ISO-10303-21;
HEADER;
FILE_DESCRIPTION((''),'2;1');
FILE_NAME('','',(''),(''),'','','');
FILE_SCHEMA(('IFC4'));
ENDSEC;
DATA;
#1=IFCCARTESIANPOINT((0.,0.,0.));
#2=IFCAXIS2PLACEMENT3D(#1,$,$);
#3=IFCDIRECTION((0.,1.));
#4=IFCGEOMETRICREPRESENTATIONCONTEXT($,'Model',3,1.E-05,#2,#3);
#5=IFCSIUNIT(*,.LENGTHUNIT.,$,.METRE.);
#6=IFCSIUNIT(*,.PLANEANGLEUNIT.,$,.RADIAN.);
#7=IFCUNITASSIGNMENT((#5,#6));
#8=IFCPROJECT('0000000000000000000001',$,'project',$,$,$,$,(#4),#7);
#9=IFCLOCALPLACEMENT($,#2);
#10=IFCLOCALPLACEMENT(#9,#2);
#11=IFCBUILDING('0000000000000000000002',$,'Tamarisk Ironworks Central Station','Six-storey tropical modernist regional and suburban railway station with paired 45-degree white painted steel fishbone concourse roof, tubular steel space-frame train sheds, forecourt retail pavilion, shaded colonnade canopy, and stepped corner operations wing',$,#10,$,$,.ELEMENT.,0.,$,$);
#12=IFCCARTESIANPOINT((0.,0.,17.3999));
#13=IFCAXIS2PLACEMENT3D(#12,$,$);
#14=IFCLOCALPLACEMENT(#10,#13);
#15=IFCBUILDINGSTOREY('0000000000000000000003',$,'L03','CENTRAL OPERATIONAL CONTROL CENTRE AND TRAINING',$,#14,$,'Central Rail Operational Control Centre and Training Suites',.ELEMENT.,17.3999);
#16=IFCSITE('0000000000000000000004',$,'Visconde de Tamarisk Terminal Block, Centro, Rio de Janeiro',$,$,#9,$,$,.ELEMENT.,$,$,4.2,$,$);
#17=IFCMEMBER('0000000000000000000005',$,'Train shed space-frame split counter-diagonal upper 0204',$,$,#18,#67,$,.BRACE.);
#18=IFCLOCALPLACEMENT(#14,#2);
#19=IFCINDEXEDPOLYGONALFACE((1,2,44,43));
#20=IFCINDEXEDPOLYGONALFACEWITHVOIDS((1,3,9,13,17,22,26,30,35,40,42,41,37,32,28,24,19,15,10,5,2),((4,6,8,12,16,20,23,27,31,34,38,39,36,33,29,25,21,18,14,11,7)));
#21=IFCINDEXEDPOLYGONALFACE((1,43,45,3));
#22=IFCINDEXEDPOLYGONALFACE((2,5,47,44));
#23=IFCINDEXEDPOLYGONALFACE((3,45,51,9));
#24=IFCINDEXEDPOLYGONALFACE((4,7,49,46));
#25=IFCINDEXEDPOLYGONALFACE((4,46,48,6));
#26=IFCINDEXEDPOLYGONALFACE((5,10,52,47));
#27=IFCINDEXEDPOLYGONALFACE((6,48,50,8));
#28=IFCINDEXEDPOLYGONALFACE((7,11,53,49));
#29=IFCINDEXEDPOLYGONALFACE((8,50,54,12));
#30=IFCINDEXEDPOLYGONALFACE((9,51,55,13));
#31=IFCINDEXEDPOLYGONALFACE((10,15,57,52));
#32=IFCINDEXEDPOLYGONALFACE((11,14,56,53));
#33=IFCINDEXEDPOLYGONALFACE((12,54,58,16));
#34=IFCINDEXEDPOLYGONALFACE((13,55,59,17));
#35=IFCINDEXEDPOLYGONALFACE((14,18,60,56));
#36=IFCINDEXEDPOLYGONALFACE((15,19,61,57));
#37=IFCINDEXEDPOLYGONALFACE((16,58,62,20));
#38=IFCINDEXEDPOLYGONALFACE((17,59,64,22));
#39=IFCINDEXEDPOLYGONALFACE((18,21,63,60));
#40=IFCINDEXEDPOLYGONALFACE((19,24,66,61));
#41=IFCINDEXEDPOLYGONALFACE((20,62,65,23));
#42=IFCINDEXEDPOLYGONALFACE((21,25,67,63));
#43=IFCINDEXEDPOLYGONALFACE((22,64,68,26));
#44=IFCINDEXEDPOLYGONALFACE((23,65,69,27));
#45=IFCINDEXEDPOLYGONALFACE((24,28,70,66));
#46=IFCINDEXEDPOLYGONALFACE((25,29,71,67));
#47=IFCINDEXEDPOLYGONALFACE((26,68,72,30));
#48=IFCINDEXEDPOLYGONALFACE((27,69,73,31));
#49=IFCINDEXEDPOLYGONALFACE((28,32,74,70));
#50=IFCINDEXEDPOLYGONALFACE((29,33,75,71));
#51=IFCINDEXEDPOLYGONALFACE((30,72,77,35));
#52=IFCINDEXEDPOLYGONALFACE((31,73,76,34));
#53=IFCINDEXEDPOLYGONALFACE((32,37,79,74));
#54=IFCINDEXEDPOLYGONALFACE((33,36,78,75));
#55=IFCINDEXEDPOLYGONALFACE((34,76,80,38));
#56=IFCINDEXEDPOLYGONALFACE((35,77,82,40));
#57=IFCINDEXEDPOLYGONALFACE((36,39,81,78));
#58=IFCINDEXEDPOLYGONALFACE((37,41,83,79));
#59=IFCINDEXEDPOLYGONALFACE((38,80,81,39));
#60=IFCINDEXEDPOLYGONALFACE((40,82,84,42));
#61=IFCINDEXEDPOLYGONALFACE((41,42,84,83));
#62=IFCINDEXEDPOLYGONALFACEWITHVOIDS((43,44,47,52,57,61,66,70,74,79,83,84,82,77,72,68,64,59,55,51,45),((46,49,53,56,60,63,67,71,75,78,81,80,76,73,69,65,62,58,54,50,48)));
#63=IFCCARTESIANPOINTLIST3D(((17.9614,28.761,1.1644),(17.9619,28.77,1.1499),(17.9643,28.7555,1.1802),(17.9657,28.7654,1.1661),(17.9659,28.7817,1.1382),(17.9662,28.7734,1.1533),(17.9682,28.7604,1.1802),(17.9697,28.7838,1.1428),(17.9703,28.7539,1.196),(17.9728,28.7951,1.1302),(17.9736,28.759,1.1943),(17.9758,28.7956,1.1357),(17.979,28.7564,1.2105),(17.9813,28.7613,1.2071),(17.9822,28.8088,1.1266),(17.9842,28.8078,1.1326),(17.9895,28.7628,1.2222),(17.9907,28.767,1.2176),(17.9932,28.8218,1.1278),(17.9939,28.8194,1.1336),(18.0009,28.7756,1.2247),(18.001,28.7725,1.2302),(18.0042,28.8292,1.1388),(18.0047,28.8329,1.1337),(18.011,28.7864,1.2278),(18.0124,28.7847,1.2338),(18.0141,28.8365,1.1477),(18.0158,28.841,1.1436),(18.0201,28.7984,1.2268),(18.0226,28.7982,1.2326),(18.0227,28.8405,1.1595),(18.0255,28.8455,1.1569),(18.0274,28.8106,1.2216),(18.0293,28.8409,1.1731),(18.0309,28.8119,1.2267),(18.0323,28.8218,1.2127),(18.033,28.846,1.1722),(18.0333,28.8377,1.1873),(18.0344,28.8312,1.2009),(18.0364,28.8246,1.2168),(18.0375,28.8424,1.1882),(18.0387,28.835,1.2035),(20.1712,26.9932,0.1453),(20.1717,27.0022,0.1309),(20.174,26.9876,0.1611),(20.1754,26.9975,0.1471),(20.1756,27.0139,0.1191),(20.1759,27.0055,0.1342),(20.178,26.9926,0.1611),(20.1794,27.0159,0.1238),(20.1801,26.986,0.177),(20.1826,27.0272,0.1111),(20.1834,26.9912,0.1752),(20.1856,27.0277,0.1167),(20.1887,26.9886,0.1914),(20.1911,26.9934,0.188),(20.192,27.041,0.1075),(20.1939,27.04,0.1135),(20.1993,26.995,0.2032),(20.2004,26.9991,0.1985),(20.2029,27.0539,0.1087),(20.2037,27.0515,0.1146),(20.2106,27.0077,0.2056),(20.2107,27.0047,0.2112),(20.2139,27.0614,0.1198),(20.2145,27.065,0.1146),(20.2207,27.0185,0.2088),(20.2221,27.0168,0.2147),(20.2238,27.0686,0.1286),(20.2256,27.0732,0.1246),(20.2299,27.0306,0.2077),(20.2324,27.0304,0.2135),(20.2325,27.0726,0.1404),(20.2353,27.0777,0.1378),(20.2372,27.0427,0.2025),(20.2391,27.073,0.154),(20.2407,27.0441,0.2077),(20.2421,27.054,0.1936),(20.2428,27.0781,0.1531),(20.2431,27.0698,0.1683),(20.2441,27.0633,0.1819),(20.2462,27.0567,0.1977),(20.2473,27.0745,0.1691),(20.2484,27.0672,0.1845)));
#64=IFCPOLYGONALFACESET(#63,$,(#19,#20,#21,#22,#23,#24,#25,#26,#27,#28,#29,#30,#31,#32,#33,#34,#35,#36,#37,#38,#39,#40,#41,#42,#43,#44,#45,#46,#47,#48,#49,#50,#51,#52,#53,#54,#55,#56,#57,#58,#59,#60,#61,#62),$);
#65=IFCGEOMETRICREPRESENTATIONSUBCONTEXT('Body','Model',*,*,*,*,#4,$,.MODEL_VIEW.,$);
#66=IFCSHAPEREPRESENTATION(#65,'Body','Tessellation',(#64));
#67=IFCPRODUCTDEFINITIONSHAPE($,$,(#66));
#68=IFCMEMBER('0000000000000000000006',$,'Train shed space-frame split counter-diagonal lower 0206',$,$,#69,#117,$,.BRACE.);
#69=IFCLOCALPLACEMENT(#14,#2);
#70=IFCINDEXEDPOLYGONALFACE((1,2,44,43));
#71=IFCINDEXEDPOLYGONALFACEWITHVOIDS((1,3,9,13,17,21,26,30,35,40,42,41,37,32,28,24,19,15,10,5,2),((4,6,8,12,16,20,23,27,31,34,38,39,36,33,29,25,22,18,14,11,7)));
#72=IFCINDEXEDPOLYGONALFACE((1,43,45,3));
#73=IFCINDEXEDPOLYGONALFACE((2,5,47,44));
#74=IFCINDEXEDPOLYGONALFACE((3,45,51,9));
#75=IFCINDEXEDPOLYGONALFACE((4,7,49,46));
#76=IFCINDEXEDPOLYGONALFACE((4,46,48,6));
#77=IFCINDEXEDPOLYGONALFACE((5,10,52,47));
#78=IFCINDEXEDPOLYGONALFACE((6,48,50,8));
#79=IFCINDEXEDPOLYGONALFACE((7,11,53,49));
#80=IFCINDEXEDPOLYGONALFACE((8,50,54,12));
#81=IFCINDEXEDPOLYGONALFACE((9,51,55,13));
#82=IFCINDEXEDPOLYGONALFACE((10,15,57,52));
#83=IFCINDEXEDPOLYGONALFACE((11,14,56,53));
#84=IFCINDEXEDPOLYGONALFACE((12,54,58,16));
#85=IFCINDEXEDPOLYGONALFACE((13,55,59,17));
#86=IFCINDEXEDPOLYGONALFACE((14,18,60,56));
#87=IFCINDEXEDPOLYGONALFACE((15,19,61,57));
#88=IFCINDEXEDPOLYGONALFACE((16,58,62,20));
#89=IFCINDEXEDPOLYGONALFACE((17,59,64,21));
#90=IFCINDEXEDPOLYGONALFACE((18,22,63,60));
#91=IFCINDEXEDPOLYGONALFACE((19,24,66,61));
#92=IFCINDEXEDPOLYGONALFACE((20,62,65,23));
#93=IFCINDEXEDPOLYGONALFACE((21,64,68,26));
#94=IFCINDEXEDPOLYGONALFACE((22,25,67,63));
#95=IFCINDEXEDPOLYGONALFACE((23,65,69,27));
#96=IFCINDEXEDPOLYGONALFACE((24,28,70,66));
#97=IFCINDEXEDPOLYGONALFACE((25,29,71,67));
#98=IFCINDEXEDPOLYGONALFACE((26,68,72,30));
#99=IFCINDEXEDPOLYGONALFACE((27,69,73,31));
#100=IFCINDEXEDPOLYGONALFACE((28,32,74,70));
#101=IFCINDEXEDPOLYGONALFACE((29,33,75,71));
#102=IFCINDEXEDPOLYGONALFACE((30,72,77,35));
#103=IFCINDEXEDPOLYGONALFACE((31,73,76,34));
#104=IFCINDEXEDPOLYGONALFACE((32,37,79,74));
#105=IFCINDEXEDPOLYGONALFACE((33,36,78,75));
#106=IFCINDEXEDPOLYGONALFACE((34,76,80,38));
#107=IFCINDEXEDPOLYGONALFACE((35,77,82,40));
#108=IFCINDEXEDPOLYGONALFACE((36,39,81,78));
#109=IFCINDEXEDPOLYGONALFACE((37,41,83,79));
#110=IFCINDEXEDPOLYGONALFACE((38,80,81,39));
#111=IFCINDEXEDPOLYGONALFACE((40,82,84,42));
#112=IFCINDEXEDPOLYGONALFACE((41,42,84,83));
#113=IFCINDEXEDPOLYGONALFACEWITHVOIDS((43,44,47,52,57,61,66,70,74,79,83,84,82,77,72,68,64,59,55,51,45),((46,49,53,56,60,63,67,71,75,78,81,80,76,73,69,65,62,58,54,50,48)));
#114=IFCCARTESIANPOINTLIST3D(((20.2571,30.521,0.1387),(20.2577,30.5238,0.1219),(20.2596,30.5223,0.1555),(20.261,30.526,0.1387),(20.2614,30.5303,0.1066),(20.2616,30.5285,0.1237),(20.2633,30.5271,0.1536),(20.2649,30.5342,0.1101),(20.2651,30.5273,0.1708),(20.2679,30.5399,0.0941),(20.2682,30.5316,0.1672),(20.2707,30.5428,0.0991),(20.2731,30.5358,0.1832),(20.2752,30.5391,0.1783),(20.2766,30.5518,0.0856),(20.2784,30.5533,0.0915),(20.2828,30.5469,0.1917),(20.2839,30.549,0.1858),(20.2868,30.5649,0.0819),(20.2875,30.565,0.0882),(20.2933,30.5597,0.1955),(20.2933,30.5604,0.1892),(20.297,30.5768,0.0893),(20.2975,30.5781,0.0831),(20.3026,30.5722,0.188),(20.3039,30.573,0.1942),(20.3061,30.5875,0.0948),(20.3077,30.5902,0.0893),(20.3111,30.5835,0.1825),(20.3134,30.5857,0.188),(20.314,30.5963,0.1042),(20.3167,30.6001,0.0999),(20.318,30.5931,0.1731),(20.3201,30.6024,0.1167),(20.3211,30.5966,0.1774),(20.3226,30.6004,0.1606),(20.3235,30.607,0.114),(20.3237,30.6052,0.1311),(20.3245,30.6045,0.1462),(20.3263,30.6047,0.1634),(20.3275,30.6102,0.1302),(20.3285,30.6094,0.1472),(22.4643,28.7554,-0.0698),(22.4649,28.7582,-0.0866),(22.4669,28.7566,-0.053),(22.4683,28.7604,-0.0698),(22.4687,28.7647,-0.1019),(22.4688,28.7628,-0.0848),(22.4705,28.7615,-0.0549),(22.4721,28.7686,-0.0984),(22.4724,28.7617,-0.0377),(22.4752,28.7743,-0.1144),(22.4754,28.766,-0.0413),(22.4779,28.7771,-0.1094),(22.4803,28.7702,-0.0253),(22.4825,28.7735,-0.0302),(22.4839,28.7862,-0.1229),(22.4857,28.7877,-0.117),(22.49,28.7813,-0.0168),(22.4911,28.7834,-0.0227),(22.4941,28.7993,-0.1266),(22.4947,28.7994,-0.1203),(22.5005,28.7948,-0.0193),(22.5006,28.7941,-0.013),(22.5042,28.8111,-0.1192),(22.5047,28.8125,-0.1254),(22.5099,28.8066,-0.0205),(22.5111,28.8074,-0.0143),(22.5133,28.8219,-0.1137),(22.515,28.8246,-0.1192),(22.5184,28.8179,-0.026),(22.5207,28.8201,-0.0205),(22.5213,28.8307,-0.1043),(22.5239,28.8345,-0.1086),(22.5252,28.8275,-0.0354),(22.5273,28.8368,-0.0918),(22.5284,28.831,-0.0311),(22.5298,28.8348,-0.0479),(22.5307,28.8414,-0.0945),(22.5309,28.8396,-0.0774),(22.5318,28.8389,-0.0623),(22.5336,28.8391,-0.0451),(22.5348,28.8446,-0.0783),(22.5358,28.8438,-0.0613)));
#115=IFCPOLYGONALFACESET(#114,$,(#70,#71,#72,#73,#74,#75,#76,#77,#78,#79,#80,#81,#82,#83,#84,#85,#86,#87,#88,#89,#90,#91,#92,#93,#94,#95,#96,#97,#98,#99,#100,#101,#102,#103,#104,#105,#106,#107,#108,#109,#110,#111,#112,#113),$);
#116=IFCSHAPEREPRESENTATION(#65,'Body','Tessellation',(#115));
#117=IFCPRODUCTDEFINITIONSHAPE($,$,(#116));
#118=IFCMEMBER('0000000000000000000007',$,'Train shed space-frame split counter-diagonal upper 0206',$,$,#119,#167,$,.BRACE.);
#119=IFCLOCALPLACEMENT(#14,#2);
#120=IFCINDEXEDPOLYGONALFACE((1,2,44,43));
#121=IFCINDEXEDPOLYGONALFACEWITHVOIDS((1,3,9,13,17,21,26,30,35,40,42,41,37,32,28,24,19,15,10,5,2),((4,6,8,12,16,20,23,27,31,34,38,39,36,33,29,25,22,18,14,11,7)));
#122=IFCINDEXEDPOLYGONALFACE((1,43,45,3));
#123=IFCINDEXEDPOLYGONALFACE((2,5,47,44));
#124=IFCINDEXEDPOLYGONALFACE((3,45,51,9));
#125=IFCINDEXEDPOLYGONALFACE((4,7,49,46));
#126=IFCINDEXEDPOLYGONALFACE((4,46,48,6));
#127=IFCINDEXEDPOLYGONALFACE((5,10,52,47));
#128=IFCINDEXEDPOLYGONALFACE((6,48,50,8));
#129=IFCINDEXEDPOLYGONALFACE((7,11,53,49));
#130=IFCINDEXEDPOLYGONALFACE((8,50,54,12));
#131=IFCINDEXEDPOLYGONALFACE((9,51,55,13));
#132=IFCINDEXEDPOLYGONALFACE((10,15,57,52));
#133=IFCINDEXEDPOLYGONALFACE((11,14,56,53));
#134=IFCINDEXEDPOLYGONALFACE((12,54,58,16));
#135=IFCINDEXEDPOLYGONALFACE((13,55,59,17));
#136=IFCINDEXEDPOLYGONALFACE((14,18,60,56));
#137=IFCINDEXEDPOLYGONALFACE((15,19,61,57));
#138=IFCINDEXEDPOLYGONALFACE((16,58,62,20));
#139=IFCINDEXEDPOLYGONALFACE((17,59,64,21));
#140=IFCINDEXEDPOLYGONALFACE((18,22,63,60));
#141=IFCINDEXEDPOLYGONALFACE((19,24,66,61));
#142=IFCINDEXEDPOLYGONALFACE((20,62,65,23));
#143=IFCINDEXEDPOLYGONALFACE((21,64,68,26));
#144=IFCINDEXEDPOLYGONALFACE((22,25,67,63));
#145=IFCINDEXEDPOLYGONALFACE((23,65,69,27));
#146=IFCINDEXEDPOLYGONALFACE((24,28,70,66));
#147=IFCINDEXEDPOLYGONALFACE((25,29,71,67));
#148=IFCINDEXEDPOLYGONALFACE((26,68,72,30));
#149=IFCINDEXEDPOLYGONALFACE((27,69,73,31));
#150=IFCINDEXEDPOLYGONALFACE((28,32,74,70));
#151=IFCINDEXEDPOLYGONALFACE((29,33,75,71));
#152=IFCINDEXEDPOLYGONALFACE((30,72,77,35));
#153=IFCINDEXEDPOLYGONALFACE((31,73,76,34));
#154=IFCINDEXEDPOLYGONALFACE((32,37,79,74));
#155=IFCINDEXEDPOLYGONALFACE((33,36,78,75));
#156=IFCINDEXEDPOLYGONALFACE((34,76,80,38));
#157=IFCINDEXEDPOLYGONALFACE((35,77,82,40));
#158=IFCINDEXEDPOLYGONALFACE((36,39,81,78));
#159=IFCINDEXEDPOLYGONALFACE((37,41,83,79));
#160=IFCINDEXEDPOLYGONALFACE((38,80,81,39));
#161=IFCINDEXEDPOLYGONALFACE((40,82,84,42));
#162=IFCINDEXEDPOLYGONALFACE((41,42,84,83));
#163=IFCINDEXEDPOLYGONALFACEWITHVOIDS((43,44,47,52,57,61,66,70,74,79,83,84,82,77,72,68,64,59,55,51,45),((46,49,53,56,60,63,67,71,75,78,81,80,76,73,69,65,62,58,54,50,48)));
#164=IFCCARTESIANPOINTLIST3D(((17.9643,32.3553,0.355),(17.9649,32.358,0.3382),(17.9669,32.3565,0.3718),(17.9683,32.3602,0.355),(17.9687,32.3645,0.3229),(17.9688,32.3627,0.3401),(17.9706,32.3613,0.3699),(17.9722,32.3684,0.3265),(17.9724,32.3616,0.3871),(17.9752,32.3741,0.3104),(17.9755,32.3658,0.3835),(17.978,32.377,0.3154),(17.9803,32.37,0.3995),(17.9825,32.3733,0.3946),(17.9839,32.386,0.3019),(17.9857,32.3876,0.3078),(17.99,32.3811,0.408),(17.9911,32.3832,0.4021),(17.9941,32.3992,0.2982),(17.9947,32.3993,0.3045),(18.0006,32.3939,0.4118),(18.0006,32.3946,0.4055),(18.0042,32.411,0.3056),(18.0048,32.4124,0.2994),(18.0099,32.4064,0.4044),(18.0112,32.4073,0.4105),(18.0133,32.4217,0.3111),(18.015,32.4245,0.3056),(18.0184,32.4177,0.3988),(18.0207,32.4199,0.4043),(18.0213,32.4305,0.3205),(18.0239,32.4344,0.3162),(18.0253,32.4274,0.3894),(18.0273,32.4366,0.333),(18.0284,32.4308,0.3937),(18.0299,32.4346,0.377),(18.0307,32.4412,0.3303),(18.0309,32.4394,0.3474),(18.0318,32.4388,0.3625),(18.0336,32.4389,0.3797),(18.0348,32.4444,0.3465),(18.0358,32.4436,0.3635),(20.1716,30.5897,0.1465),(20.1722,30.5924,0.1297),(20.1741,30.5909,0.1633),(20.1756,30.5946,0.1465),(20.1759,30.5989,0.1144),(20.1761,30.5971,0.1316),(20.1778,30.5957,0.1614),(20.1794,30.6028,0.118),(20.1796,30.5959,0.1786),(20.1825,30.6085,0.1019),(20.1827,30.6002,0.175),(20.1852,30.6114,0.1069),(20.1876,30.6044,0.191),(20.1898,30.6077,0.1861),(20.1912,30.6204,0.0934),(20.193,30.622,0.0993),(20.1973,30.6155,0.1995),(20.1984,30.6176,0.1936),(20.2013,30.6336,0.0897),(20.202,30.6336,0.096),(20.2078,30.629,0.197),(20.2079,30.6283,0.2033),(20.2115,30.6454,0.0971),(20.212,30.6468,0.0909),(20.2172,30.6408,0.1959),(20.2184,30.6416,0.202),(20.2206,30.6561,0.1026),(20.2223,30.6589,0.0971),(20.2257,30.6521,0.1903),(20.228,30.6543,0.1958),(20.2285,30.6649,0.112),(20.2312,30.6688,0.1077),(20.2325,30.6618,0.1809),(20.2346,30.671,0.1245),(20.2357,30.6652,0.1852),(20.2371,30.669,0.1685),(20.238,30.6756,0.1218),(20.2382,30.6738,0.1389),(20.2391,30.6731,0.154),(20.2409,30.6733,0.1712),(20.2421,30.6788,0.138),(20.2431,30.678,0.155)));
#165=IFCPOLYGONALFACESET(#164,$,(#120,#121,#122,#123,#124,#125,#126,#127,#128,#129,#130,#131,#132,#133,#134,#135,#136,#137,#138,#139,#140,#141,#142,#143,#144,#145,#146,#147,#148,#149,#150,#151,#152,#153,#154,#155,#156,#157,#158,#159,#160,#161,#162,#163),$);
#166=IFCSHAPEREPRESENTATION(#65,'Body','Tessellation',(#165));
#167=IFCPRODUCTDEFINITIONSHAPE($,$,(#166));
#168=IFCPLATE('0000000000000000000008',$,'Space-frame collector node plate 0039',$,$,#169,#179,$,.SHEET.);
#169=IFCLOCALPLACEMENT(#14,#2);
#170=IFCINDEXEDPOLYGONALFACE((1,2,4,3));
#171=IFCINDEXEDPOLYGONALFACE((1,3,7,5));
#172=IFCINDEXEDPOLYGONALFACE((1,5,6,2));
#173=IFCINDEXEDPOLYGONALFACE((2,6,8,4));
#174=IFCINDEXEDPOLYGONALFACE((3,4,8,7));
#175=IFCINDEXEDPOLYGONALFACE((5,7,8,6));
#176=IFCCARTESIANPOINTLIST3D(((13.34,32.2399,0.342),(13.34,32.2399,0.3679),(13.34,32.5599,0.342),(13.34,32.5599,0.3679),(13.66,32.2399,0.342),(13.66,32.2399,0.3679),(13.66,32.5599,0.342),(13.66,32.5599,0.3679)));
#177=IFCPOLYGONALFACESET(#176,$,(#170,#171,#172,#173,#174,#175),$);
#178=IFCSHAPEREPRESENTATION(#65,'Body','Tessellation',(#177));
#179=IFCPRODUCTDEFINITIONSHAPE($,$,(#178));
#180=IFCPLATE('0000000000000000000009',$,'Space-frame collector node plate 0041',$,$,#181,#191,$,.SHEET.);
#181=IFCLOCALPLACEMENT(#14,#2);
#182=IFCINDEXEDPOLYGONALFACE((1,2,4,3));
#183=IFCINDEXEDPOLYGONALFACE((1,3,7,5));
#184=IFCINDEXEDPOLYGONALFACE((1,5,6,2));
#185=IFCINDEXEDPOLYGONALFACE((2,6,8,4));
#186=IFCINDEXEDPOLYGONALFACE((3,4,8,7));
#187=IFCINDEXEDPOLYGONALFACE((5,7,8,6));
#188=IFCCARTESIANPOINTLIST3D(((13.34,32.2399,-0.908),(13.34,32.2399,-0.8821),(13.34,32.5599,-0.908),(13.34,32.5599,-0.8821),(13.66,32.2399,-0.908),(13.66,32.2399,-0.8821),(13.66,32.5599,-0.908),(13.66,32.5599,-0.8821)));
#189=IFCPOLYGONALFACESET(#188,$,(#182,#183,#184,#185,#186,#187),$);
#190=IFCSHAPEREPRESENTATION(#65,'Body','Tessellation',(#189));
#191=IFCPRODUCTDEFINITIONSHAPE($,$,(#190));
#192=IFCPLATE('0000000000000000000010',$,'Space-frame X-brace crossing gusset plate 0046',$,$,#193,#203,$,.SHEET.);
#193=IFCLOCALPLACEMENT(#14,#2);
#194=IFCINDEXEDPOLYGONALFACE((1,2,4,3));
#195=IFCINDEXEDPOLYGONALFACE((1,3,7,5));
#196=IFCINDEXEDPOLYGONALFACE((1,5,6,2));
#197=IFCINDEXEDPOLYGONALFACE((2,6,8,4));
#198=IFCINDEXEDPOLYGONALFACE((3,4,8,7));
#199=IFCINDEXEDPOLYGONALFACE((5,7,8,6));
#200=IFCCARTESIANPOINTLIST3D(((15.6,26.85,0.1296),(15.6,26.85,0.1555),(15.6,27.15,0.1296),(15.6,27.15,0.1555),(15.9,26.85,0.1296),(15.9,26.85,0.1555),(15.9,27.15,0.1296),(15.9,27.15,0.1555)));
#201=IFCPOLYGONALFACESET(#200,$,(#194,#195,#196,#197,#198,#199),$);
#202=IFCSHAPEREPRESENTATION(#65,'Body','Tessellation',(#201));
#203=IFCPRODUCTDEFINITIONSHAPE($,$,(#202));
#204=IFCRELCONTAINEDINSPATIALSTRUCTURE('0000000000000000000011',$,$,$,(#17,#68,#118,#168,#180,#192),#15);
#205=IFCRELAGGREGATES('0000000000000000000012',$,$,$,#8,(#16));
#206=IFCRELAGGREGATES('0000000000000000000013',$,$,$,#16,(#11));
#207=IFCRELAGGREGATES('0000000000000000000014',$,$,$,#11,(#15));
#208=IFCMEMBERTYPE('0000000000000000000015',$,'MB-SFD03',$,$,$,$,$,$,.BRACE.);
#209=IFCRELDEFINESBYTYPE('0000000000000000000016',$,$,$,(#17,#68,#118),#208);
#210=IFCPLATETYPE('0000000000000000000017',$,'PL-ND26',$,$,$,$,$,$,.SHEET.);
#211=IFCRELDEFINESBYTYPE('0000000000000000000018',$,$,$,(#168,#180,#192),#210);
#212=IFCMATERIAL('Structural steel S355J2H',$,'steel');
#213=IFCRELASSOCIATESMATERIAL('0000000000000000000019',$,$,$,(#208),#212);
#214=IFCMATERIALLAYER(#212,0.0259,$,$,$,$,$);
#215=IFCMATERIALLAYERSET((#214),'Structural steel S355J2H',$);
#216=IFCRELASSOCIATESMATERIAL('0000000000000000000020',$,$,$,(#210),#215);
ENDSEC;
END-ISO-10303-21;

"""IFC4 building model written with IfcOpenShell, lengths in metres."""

from ifc_helpers import new_model, si_unit, direction, frame, origin, origin_2d, place, context, subcontext, project, spatial, rectangle, hollow_circle, extrude, material, layer, layer_set, material_profile, profile_set, type_object, element, save


model = new_model("IFC4")

# Units and contexts
model_context = context("Model", 3, precision=1e-05, world=origin(), true_north=direction((0.0, 1.0)))
body_context = subcontext(model_context, "Body", "Model", "MODEL_VIEW")
ifc_project = project(units=[si_unit("LENGTHUNIT", "METRE"), si_unit("PLANEANGLEUNIT", "RADIAN")], contexts=[model_context])

# Site, building, storey
site_placement = place(None, origin())
site = spatial("IfcSite", under=ifc_project, at=site_placement, Name="Visconde de Tamarisk Terminal Block, Centro, Rio de Janeiro", CompositionType="ELEMENT", RefElevation=4.2)
building_placement = place(site_placement, origin())
building = spatial("IfcBuilding", under=site, at=building_placement, Name="Tamarisk Ironworks Central Station", Description="Six-storey tropical modernist regional and suburban railway station with paired 45-degree white painted steel fishbone concourse roof, tubular steel space-frame train sheds, forecourt retail pavilion, shaded colonnade canopy, and stepped corner operations wing", CompositionType="ELEMENT", ElevationOfRefHeight=0.0)
storey_placement = place(building_placement, frame((0.0, 0.0, 17.3999)))
storey = spatial("IfcBuildingStorey", under=building, at=storey_placement, Name="L03", Description="CENTRAL OPERATIONAL CONTROL CENTRE AND TRAINING", LongName="Central Rail Operational Control Centre and Training Suites", CompositionType="ELEMENT", Elevation=17.3999)

# Members
ifc_material = material(Name="Structural steel S355J2H", Category="steel")
ifc_material_profile_1 = material_profile(ifc_material, hollow_circle(Radius=0.0571, WallThickness=0.0063, at=origin_2d()), Name="CHS 114.3x6.3")
ifc_profile_set_1 = profile_set([ifc_material_profile_1], Name="Structural steel S355J2H")
member_type_1 = type_object("IfcMemberType", Name="MB-SFD03", PredefinedType="BRACE", material=ifc_profile_set_1)
member_1_placement = place(storey_placement, frame((20.2097, 27.0322, 0.1611), z_axis=(-0.734677, 0.587758, 0.338807), x_axis=(-0.624706, -0.78086, 0.0)))
element("IfcMember", 1, at=member_1_placement, inside=storey, type_object=member_type_1, Name="Train shed space-frame split counter-diagonal upper 0204", PredefinedType="BRACE", context=body_context, shape_type="SweptSolid", body=[
    extrude(hollow_circle(Radius=0.0571, WallThickness=0.0063, at=origin_2d()), origin(), (0.0, 0.0, 1.0), 3.0078),
])
for number, where, z_axis, x_axis, name in (
    (2, (22.5, 28.8, -0.0698), (-0.778787, 0.62296, 0.073563), (-0.624653, -0.780903, 0.0), "Train shed space-frame split counter-diagonal lower 0206"),
    (3, (20.2073, 30.6343, 0.1465), (-0.778787, 0.62296, 0.073563), (-0.624653, -0.780903, 0.0), "Train shed space-frame split counter-diagonal upper 0206"),
):
    element("IfcMember", number, at=place(storey_placement, frame(where, z_axis=z_axis, x_axis=x_axis)), inside=storey, type_object=member_type_1, Name=name, PredefinedType="BRACE", context=body_context, shape_type="SweptSolid", body=[
        extrude(hollow_circle(Radius=0.0571, WallThickness=0.0063, at=origin_2d()), origin(), (0.0, 0.0, 1.0), 2.8342),
    ])

# Plates
ifc_layer = layer(ifc_material, 0.0259)
ifc_layer_set = layer_set([ifc_layer], Name="Structural steel S355J2H")
plate_type = type_object("IfcPlateType", Name="PL-ND26", PredefinedType="SHEET", material=ifc_layer_set)
for number, where, z_axis, x_axis, name in (
    (4, (13.5, 32.3999, 0.342), (0.0, 0.0, 1.0), (1.0, 0.0, 0.0), "Space-frame collector node plate 0039"),
    (5, (13.5, 32.3999, -0.908), (0.0, 0.0, 1.0), (1.0, 0.0, 0.0), "Space-frame collector node plate 0041"),
):
    element("IfcPlate", number, at=place(storey_placement, frame(where, z_axis=z_axis, x_axis=x_axis)), inside=storey, type_object=plate_type, Name=name, PredefinedType="SHEET", context=body_context, shape_type="SweptSolid", body=[
        extrude(rectangle(XDim=0.3201, YDim=0.3201, at=origin_2d()), origin(), (0.0, 0.0, 1.0), 0.0259),
    ])
plate_1_placement = place(storey_placement, frame((15.75, 27.0, 0.1296), z_axis=(0.0, 0.0, 1.0), x_axis=(1.0, 0.0, 0.0)))
element("IfcPlate", 6, at=plate_1_placement, inside=storey, type_object=plate_type, Name="Space-frame X-brace crossing gusset plate 0046", PredefinedType="SHEET", context=body_context, shape_type="SweptSolid", body=[
    extrude(rectangle(XDim=0.3, YDim=0.3, at=origin_2d()), origin(), (0.0, 0.0, 1.0), 0.0259),
])

save(model, "model.ifc")
